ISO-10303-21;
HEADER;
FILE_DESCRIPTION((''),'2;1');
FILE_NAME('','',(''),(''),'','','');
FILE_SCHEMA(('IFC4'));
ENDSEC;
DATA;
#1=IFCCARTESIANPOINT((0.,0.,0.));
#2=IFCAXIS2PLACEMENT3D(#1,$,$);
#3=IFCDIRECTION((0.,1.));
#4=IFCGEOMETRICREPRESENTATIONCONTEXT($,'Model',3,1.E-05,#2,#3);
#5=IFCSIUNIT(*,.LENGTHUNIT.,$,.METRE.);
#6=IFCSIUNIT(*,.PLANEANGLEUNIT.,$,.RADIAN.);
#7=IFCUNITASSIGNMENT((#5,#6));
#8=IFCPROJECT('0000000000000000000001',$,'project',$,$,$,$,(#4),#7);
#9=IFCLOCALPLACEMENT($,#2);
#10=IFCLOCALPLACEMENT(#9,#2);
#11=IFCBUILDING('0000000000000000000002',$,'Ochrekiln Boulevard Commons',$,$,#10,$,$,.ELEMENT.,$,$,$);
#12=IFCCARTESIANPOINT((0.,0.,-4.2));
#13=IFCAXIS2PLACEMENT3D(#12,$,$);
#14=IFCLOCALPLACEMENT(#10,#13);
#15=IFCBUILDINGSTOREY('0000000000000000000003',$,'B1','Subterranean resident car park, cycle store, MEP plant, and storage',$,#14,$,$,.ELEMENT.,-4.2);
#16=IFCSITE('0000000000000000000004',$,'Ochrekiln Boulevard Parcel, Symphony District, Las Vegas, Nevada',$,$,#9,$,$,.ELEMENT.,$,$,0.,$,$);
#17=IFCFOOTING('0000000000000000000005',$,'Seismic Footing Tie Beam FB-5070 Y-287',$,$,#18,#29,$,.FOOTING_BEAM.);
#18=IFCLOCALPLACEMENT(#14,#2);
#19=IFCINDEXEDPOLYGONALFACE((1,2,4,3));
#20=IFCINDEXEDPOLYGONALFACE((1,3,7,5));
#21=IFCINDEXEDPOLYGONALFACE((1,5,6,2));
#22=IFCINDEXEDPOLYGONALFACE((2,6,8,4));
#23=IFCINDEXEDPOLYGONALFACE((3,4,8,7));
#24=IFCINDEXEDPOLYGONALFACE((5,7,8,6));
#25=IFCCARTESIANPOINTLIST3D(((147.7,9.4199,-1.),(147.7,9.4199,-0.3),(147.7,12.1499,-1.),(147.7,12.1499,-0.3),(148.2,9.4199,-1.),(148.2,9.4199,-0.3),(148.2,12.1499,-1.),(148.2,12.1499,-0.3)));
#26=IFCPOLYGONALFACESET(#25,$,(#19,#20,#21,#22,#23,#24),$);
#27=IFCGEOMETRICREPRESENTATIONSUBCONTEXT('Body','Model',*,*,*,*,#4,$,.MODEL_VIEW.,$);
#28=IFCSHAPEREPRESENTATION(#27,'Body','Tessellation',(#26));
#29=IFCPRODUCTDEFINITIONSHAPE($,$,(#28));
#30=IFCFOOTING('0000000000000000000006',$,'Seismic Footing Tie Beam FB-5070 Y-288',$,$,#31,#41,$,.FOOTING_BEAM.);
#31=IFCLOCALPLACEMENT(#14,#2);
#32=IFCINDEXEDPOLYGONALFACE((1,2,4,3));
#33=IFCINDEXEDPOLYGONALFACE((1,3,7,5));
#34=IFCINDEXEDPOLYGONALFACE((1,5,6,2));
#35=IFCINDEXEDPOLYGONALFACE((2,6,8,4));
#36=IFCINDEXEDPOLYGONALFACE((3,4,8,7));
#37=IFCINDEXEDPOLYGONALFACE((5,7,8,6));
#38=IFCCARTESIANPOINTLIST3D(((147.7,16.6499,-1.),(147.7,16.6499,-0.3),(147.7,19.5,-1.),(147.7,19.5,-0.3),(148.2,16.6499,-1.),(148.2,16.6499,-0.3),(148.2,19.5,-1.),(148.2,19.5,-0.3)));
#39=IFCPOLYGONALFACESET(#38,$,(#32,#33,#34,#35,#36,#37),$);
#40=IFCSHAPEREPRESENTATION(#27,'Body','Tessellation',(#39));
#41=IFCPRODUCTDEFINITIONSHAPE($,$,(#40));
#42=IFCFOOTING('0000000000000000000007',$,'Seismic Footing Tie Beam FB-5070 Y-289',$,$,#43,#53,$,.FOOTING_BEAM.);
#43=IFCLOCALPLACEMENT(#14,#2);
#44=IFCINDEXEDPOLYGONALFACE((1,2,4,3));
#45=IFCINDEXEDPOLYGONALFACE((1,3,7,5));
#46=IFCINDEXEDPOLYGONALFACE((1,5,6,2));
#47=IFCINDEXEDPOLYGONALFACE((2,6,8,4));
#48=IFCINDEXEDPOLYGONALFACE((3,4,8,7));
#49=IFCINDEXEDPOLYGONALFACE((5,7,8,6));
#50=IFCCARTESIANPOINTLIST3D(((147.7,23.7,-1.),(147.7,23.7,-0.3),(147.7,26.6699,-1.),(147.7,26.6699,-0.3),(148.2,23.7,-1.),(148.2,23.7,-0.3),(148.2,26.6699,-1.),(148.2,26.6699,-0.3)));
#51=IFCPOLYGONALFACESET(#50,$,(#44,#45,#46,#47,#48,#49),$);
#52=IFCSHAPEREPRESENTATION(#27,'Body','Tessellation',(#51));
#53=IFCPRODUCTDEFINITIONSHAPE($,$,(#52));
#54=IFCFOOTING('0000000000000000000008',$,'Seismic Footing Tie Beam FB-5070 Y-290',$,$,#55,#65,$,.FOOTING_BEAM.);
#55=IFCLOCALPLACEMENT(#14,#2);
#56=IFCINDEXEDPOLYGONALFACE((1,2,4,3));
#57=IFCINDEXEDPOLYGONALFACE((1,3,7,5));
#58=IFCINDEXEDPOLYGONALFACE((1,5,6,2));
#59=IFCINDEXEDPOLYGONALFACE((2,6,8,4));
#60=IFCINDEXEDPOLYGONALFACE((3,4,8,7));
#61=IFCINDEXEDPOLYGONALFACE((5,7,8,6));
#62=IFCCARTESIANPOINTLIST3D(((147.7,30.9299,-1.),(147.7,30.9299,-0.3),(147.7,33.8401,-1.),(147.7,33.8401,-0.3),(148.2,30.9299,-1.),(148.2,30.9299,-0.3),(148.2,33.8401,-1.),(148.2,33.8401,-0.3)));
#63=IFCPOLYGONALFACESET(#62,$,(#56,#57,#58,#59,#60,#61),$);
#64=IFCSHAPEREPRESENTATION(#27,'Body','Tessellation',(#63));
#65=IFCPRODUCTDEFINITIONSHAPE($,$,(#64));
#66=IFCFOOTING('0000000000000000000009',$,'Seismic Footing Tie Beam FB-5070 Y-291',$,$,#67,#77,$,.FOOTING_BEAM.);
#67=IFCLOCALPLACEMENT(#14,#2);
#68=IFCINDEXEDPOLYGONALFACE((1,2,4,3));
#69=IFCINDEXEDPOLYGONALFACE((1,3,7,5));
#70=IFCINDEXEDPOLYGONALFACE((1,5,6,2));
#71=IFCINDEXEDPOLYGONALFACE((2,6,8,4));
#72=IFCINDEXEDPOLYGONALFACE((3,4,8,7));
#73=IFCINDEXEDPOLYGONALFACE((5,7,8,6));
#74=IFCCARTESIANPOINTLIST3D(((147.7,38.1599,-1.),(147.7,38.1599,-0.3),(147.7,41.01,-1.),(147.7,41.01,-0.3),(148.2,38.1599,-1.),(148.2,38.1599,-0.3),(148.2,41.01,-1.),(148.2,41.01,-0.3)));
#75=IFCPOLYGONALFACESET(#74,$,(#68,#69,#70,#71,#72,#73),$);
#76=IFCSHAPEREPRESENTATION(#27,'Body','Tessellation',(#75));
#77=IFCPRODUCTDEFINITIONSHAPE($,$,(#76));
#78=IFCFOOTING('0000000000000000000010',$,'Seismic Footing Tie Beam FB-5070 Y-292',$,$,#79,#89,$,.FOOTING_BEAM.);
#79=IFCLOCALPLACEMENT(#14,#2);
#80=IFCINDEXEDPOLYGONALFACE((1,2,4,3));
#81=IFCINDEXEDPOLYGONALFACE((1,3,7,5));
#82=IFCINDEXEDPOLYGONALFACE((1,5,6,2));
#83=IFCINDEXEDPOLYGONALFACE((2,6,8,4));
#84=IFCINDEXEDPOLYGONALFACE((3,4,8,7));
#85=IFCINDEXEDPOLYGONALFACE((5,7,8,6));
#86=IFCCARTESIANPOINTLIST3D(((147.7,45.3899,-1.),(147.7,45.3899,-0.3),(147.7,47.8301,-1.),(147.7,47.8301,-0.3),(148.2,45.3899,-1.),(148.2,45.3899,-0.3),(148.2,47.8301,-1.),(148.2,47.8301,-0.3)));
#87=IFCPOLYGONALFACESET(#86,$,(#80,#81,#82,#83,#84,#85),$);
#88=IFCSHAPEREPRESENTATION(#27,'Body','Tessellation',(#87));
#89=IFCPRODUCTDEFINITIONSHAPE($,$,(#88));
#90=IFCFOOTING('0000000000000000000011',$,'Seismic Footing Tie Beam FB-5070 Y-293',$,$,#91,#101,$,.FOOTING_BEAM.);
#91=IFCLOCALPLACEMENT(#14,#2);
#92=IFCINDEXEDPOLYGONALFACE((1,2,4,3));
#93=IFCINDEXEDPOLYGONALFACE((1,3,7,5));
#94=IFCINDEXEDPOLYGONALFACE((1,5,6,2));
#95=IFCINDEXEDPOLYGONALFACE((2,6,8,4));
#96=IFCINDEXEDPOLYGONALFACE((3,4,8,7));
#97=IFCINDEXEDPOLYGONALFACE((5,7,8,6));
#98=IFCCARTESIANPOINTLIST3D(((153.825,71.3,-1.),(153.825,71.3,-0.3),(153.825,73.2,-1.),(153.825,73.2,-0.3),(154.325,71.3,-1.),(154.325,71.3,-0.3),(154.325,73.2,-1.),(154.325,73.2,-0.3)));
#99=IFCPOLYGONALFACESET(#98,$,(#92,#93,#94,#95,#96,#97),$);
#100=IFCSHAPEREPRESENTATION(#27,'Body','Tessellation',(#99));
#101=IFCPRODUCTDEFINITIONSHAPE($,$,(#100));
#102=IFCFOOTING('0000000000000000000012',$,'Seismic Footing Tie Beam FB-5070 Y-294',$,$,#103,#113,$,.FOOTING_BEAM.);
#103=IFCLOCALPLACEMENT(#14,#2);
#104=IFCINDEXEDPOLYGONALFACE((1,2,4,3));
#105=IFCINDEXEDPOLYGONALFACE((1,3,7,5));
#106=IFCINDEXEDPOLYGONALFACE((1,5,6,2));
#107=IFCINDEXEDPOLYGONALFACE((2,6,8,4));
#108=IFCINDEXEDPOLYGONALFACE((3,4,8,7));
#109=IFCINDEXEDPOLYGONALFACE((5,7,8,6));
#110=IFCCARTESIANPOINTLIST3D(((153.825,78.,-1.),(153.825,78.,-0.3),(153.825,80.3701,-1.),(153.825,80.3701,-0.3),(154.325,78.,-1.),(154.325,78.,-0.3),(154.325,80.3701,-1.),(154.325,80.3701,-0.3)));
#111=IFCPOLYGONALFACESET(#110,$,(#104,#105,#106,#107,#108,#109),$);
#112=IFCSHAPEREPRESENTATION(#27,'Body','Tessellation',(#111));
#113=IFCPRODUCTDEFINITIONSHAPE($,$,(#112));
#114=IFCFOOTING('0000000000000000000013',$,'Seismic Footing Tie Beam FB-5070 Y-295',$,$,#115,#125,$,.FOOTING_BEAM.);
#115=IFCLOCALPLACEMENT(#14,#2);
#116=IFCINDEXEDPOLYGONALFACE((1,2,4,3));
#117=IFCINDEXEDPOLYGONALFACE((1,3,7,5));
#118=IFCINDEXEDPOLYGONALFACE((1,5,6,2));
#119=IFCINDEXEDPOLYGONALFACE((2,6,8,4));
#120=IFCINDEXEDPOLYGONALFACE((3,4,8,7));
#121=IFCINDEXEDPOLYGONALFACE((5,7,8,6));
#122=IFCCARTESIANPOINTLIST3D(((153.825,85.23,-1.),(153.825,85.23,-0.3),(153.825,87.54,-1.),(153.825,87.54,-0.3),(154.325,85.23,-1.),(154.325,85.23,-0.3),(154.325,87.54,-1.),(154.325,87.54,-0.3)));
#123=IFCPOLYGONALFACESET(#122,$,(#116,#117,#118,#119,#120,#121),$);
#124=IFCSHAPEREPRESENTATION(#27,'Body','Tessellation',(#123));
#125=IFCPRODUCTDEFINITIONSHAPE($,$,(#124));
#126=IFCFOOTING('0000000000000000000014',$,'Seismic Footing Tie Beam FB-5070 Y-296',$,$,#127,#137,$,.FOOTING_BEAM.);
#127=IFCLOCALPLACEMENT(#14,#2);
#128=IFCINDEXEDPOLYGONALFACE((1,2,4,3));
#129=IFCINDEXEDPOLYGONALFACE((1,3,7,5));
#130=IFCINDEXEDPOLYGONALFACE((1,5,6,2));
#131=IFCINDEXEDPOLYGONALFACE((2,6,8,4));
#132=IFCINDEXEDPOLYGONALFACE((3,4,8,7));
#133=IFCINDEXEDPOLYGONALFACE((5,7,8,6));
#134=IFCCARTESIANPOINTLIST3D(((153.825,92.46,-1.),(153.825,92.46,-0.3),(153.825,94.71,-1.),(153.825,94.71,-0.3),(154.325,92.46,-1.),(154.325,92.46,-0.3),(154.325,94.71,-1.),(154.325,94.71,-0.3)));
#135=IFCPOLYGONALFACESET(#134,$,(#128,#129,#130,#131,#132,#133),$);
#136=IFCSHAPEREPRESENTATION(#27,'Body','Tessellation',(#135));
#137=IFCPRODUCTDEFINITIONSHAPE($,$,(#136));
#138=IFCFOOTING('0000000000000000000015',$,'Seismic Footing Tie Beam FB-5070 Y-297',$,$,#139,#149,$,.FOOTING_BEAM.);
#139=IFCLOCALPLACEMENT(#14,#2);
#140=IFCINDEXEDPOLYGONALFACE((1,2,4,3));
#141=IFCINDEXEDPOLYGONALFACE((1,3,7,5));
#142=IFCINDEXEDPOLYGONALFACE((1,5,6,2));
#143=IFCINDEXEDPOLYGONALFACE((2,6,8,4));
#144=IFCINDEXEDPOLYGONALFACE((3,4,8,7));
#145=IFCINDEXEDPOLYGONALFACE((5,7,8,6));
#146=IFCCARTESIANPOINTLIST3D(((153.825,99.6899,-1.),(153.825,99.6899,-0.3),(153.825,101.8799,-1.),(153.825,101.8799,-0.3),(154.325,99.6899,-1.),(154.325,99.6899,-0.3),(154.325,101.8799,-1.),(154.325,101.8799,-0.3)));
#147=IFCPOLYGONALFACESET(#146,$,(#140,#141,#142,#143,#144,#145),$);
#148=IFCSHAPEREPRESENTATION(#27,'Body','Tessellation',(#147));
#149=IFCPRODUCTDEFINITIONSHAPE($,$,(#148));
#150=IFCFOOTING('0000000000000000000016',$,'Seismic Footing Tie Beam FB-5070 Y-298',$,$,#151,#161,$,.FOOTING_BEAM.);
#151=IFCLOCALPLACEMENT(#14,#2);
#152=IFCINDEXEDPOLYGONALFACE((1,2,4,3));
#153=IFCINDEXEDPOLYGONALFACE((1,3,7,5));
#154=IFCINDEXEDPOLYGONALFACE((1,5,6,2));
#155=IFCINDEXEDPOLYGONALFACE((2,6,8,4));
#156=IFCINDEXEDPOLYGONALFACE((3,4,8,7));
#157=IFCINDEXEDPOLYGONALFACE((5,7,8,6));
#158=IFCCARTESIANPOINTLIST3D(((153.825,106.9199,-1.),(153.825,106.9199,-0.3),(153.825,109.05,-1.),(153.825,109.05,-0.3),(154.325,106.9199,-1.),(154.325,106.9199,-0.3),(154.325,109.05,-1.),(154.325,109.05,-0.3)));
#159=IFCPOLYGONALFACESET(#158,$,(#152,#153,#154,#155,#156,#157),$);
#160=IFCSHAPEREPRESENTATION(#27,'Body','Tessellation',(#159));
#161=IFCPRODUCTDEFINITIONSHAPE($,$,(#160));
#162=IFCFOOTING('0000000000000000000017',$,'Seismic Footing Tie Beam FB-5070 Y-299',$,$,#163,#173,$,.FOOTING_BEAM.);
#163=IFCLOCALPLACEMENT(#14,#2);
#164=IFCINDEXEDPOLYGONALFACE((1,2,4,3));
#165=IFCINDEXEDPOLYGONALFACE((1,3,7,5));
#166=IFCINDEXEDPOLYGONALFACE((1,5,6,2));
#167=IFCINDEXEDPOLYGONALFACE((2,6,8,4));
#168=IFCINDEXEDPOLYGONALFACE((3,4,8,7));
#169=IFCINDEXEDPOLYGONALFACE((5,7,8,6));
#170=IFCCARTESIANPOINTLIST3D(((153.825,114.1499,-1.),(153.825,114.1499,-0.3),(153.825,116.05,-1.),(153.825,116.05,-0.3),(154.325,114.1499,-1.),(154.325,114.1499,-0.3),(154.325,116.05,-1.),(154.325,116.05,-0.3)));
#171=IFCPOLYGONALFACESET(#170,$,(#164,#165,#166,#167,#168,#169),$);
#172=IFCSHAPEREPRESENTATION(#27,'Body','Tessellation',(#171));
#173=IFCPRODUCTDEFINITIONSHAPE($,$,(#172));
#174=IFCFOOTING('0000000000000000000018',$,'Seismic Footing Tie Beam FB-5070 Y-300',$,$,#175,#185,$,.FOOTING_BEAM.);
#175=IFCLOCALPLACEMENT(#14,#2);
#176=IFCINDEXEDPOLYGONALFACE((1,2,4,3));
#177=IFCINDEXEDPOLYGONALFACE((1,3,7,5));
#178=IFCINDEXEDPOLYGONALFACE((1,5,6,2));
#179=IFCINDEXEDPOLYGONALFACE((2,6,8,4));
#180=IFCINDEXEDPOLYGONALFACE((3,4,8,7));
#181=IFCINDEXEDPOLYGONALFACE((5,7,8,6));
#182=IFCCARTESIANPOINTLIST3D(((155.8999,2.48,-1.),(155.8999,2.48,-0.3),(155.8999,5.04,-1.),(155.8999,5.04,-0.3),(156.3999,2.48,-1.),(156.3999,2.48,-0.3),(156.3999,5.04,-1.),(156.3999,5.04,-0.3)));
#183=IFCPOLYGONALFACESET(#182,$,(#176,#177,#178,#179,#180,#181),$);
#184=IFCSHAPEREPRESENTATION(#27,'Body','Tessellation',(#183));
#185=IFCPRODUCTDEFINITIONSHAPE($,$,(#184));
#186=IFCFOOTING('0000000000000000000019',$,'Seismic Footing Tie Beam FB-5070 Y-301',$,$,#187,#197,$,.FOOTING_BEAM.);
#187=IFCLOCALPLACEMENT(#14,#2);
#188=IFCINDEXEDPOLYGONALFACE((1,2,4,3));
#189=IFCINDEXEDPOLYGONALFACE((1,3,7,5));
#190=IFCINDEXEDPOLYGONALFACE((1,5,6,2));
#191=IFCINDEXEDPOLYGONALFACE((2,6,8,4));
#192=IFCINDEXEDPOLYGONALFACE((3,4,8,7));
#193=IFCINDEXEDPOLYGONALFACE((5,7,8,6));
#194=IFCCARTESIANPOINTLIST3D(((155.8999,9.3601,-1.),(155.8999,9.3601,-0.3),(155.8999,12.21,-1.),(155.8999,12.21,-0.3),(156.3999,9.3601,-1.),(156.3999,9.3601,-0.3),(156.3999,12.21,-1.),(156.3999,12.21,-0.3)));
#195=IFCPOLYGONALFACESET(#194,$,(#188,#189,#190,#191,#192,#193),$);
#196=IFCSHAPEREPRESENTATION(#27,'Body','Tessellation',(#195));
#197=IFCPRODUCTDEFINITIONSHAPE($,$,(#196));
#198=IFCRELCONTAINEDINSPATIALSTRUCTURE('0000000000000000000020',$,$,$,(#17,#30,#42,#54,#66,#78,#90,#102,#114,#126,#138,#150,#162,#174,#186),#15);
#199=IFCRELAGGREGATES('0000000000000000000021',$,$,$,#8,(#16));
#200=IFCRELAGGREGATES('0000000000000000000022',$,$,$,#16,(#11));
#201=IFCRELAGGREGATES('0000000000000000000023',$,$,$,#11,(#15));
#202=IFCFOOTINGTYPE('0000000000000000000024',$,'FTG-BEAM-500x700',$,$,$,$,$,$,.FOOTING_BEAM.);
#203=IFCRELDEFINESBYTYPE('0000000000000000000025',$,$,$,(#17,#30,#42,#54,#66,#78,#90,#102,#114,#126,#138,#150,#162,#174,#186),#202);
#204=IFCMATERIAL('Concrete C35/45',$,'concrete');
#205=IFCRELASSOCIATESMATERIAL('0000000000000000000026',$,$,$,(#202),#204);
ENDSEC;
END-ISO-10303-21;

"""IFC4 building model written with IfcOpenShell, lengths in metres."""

from ifc_helpers import new_model, si_unit, direction, frame, origin, place, context, subcontext, project, spatial, polyline, outline, extrude, material, type_object, element, save


model = new_model("IFC4")

# Units and contexts
model_context = context("Model", 3, precision=1e-05, world=origin(), true_north=direction((0.0, 1.0)))
body_context = subcontext(model_context, "Body", "Model", "MODEL_VIEW")
ifc_project = project(units=[si_unit("LENGTHUNIT", "METRE"), si_unit("PLANEANGLEUNIT", "RADIAN")], contexts=[model_context])

# Site, building, storey
site_placement = place(None, origin())
site = spatial("IfcSite", under=ifc_project, at=site_placement, Name="Ochrekiln Boulevard Parcel, Symphony District, Las Vegas, Nevada", CompositionType="ELEMENT", RefElevation=0.0)
building_placement = place(site_placement, origin())
building = spatial("IfcBuilding", under=site, at=building_placement, Name="Ochrekiln Boulevard Commons", CompositionType="ELEMENT")
storey_placement = place(building_placement, frame((0.0, 0.0, -4.2)))
storey = spatial("IfcBuildingStorey", under=building, at=storey_placement, Name="B1", Description="Subterranean resident car park, cycle store, MEP plant, and storage", CompositionType="ELEMENT", Elevation=-4.2)

# Footings
ifc_material = material(Name="Concrete C35/45", Category="concrete")
footing_type = type_object("IfcFootingType", Name="FTG-BEAM-500x700", PredefinedType="FOOTING_BEAM", material=ifc_material)
footing_1_placement = place(storey_placement, frame((0.0, 0.0, -1.0)))
element("IfcFooting", 1, at=footing_1_placement, inside=storey, type_object=footing_type, Name="Seismic Footing Tie Beam FB-5070 Y-287", PredefinedType="FOOTING_BEAM", context=body_context, shape_type="SweptSolid", body=[
    extrude(outline(polyline([(147.7, 9.4199), (148.2, 9.4199), (148.2, 12.1499), (147.7, 12.1499), (147.7, 9.4199)])), origin(), (0.0, 0.0, 1.0), 0.7),
])
footing_2_placement = place(storey_placement, frame((0.0, 0.0, -1.0)))
element("IfcFooting", 2, at=footing_2_placement, inside=storey, type_object=footing_type, Name="Seismic Footing Tie Beam FB-5070 Y-288", PredefinedType="FOOTING_BEAM", context=body_context, shape_type="SweptSolid", body=[
    extrude(outline(polyline([(147.7, 16.6499), (148.2, 16.6499), (148.2, 19.5), (147.7, 19.5), (147.7, 16.6499)])), origin(), (0.0, 0.0, 1.0), 0.7),
])
footing_3_placement = place(storey_placement, frame((0.0, 0.0, -1.0)))
element("IfcFooting", 3, at=footing_3_placement, inside=storey, type_object=footing_type, Name="Seismic Footing Tie Beam FB-5070 Y-289", PredefinedType="FOOTING_BEAM", context=body_context, shape_type="SweptSolid", body=[
    extrude(outline(polyline([(147.7, 23.7), (148.2, 23.7), (148.2, 26.6699), (147.7, 26.6699), (147.7, 23.7)])), origin(), (0.0, 0.0, 1.0), 0.7),
])
footing_4_placement = place(storey_placement, frame((0.0, 0.0, -1.0)))
element("IfcFooting", 4, at=footing_4_placement, inside=storey, type_object=footing_type, Name="Seismic Footing Tie Beam FB-5070 Y-290", PredefinedType="FOOTING_BEAM", context=body_context, shape_type="SweptSolid", body=[
    extrude(outline(polyline([(147.7, 30.9299), (148.2, 30.9299), (148.2, 33.8401), (147.7, 33.8401), (147.7, 30.9299)])), origin(), (0.0, 0.0, 1.0), 0.7),
])
footing_5_placement = place(storey_placement, frame((0.0, 0.0, -1.0)))
element("IfcFooting", 5, at=footing_5_placement, inside=storey, type_object=footing_type, Name="Seismic Footing Tie Beam FB-5070 Y-291", PredefinedType="FOOTING_BEAM", context=body_context, shape_type="SweptSolid", body=[
    extrude(outline(polyline([(147.7, 38.1599), (148.2, 38.1599), (148.2, 41.01), (147.7, 41.01), (147.7, 38.1599)])), origin(), (0.0, 0.0, 1.0), 0.7),
])
footing_6_placement = place(storey_placement, frame((0.0, 0.0, -1.0)))
element("IfcFooting", 6, at=footing_6_placement, inside=storey, type_object=footing_type, Name="Seismic Footing Tie Beam FB-5070 Y-292", PredefinedType="FOOTING_BEAM", context=body_context, shape_type="SweptSolid", body=[
    extrude(outline(polyline([(147.7, 45.3899), (148.2, 45.3899), (148.2, 47.8301), (147.7, 47.8301), (147.7, 45.3899)])), origin(), (0.0, 0.0, 1.0), 0.7),
])
footing_7_placement = place(storey_placement, frame((0.0, 0.0, -1.0)))
element("IfcFooting", 7, at=footing_7_placement, inside=storey, type_object=footing_type, Name="Seismic Footing Tie Beam FB-5070 Y-293", PredefinedType="FOOTING_BEAM", context=body_context, shape_type="SweptSolid", body=[
    extrude(outline(polyline([(153.825, 71.3), (154.325, 71.3), (154.325, 73.2), (153.825, 73.2), (153.825, 71.3)])), origin(), (0.0, 0.0, 1.0), 0.7),
])
footing_8_placement = place(storey_placement, frame((0.0, 0.0, -1.0)))
element("IfcFooting", 8, at=footing_8_placement, inside=storey, type_object=footing_type, Name="Seismic Footing Tie Beam FB-5070 Y-294", PredefinedType="FOOTING_BEAM", context=body_context, shape_type="SweptSolid", body=[
    extrude(outline(polyline([(153.825, 78.0), (154.325, 78.0), (154.325, 80.3701), (153.825, 80.3701), (153.825, 78.0)])), origin(), (0.0, 0.0, 1.0), 0.7),
])
footing_9_placement = place(storey_placement, frame((0.0, 0.0, -1.0)))
element("IfcFooting", 9, at=footing_9_placement, inside=storey, type_object=footing_type, Name="Seismic Footing Tie Beam FB-5070 Y-295", PredefinedType="FOOTING_BEAM", context=body_context, shape_type="SweptSolid", body=[
    extrude(outline(polyline([(153.825, 85.23), (154.325, 85.23), (154.325, 87.54), (153.825, 87.54), (153.825, 85.23)])), origin(), (0.0, 0.0, 1.0), 0.7),
])
footing_10_placement = place(storey_placement, frame((0.0, 0.0, -1.0)))
element("IfcFooting", 10, at=footing_10_placement, inside=storey, type_object=footing_type, Name="Seismic Footing Tie Beam FB-5070 Y-296", PredefinedType="FOOTING_BEAM", context=body_context, shape_type="SweptSolid", body=[
    extrude(outline(polyline([(153.825, 92.46), (154.325, 92.46), (154.325, 94.71), (153.825, 94.71), (153.825, 92.46)])), origin(), (0.0, 0.0, 1.0), 0.7),
])
footing_11_placement = place(storey_placement, frame((0.0, 0.0, -1.0)))
element("IfcFooting", 11, at=footing_11_placement, inside=storey, type_object=footing_type, Name="Seismic Footing Tie Beam FB-5070 Y-297", PredefinedType="FOOTING_BEAM", context=body_context, shape_type="SweptSolid", body=[
    extrude(outline(polyline([(153.825, 99.6899), (154.325, 99.6899), (154.325, 101.8799), (153.825, 101.8799), (153.825, 99.6899)])), origin(), (0.0, 0.0, 1.0), 0.7),
])
footing_12_placement = place(storey_placement, frame((0.0, 0.0, -1.0)))
element("IfcFooting", 12, at=footing_12_placement, inside=storey, type_object=footing_type, Name="Seismic Footing Tie Beam FB-5070 Y-298", PredefinedType="FOOTING_BEAM", context=body_context, shape_type="SweptSolid", body=[
    extrude(outline(polyline([(153.825, 106.9199), (154.325, 106.9199), (154.325, 109.05), (153.825, 109.05), (153.825, 106.9199)])), origin(), (0.0, 0.0, 1.0), 0.7),
])
footing_13_placement = place(storey_placement, frame((0.0, 0.0, -1.0)))
element("IfcFooting", 13, at=footing_13_placement, inside=storey, type_object=footing_type, Name="Seismic Footing Tie Beam FB-5070 Y-299", PredefinedType="FOOTING_BEAM", context=body_context, shape_type="SweptSolid", body=[
    extrude(outline(polyline([(153.825, 114.1499), (154.325, 114.1499), (154.325, 116.05), (153.825, 116.05), (153.825, 114.1499)])), origin(), (0.0, 0.0, 1.0), 0.7),
])
footing_14_placement = place(storey_placement, frame((0.0, 0.0, -1.0)))
element("IfcFooting", 14, at=footing_14_placement, inside=storey, type_object=footing_type, Name="Seismic Footing Tie Beam FB-5070 Y-300", PredefinedType="FOOTING_BEAM", context=body_context, shape_type="SweptSolid", body=[
    extrude(outline(polyline([(155.8999, 2.48), (156.3999, 2.48), (156.3999, 5.04), (155.8999, 5.04), (155.8999, 2.48)])), origin(), (0.0, 0.0, 1.0), 0.7),
])
footing_15_placement = place(storey_placement, frame((0.0, 0.0, -1.0)))
element("IfcFooting", 15, at=footing_15_placement, inside=storey, type_object=footing_type, Name="Seismic Footing Tie Beam FB-5070 Y-301", PredefinedType="FOOTING_BEAM", context=body_context, shape_type="SweptSolid", body=[
    extrude(outline(polyline([(155.8999, 9.3601), (156.3999, 9.3601), (156.3999, 12.21), (155.8999, 12.21), (155.8999, 9.3601)])), origin(), (0.0, 0.0, 1.0), 0.7),
])

save(model, "model.ifc")
